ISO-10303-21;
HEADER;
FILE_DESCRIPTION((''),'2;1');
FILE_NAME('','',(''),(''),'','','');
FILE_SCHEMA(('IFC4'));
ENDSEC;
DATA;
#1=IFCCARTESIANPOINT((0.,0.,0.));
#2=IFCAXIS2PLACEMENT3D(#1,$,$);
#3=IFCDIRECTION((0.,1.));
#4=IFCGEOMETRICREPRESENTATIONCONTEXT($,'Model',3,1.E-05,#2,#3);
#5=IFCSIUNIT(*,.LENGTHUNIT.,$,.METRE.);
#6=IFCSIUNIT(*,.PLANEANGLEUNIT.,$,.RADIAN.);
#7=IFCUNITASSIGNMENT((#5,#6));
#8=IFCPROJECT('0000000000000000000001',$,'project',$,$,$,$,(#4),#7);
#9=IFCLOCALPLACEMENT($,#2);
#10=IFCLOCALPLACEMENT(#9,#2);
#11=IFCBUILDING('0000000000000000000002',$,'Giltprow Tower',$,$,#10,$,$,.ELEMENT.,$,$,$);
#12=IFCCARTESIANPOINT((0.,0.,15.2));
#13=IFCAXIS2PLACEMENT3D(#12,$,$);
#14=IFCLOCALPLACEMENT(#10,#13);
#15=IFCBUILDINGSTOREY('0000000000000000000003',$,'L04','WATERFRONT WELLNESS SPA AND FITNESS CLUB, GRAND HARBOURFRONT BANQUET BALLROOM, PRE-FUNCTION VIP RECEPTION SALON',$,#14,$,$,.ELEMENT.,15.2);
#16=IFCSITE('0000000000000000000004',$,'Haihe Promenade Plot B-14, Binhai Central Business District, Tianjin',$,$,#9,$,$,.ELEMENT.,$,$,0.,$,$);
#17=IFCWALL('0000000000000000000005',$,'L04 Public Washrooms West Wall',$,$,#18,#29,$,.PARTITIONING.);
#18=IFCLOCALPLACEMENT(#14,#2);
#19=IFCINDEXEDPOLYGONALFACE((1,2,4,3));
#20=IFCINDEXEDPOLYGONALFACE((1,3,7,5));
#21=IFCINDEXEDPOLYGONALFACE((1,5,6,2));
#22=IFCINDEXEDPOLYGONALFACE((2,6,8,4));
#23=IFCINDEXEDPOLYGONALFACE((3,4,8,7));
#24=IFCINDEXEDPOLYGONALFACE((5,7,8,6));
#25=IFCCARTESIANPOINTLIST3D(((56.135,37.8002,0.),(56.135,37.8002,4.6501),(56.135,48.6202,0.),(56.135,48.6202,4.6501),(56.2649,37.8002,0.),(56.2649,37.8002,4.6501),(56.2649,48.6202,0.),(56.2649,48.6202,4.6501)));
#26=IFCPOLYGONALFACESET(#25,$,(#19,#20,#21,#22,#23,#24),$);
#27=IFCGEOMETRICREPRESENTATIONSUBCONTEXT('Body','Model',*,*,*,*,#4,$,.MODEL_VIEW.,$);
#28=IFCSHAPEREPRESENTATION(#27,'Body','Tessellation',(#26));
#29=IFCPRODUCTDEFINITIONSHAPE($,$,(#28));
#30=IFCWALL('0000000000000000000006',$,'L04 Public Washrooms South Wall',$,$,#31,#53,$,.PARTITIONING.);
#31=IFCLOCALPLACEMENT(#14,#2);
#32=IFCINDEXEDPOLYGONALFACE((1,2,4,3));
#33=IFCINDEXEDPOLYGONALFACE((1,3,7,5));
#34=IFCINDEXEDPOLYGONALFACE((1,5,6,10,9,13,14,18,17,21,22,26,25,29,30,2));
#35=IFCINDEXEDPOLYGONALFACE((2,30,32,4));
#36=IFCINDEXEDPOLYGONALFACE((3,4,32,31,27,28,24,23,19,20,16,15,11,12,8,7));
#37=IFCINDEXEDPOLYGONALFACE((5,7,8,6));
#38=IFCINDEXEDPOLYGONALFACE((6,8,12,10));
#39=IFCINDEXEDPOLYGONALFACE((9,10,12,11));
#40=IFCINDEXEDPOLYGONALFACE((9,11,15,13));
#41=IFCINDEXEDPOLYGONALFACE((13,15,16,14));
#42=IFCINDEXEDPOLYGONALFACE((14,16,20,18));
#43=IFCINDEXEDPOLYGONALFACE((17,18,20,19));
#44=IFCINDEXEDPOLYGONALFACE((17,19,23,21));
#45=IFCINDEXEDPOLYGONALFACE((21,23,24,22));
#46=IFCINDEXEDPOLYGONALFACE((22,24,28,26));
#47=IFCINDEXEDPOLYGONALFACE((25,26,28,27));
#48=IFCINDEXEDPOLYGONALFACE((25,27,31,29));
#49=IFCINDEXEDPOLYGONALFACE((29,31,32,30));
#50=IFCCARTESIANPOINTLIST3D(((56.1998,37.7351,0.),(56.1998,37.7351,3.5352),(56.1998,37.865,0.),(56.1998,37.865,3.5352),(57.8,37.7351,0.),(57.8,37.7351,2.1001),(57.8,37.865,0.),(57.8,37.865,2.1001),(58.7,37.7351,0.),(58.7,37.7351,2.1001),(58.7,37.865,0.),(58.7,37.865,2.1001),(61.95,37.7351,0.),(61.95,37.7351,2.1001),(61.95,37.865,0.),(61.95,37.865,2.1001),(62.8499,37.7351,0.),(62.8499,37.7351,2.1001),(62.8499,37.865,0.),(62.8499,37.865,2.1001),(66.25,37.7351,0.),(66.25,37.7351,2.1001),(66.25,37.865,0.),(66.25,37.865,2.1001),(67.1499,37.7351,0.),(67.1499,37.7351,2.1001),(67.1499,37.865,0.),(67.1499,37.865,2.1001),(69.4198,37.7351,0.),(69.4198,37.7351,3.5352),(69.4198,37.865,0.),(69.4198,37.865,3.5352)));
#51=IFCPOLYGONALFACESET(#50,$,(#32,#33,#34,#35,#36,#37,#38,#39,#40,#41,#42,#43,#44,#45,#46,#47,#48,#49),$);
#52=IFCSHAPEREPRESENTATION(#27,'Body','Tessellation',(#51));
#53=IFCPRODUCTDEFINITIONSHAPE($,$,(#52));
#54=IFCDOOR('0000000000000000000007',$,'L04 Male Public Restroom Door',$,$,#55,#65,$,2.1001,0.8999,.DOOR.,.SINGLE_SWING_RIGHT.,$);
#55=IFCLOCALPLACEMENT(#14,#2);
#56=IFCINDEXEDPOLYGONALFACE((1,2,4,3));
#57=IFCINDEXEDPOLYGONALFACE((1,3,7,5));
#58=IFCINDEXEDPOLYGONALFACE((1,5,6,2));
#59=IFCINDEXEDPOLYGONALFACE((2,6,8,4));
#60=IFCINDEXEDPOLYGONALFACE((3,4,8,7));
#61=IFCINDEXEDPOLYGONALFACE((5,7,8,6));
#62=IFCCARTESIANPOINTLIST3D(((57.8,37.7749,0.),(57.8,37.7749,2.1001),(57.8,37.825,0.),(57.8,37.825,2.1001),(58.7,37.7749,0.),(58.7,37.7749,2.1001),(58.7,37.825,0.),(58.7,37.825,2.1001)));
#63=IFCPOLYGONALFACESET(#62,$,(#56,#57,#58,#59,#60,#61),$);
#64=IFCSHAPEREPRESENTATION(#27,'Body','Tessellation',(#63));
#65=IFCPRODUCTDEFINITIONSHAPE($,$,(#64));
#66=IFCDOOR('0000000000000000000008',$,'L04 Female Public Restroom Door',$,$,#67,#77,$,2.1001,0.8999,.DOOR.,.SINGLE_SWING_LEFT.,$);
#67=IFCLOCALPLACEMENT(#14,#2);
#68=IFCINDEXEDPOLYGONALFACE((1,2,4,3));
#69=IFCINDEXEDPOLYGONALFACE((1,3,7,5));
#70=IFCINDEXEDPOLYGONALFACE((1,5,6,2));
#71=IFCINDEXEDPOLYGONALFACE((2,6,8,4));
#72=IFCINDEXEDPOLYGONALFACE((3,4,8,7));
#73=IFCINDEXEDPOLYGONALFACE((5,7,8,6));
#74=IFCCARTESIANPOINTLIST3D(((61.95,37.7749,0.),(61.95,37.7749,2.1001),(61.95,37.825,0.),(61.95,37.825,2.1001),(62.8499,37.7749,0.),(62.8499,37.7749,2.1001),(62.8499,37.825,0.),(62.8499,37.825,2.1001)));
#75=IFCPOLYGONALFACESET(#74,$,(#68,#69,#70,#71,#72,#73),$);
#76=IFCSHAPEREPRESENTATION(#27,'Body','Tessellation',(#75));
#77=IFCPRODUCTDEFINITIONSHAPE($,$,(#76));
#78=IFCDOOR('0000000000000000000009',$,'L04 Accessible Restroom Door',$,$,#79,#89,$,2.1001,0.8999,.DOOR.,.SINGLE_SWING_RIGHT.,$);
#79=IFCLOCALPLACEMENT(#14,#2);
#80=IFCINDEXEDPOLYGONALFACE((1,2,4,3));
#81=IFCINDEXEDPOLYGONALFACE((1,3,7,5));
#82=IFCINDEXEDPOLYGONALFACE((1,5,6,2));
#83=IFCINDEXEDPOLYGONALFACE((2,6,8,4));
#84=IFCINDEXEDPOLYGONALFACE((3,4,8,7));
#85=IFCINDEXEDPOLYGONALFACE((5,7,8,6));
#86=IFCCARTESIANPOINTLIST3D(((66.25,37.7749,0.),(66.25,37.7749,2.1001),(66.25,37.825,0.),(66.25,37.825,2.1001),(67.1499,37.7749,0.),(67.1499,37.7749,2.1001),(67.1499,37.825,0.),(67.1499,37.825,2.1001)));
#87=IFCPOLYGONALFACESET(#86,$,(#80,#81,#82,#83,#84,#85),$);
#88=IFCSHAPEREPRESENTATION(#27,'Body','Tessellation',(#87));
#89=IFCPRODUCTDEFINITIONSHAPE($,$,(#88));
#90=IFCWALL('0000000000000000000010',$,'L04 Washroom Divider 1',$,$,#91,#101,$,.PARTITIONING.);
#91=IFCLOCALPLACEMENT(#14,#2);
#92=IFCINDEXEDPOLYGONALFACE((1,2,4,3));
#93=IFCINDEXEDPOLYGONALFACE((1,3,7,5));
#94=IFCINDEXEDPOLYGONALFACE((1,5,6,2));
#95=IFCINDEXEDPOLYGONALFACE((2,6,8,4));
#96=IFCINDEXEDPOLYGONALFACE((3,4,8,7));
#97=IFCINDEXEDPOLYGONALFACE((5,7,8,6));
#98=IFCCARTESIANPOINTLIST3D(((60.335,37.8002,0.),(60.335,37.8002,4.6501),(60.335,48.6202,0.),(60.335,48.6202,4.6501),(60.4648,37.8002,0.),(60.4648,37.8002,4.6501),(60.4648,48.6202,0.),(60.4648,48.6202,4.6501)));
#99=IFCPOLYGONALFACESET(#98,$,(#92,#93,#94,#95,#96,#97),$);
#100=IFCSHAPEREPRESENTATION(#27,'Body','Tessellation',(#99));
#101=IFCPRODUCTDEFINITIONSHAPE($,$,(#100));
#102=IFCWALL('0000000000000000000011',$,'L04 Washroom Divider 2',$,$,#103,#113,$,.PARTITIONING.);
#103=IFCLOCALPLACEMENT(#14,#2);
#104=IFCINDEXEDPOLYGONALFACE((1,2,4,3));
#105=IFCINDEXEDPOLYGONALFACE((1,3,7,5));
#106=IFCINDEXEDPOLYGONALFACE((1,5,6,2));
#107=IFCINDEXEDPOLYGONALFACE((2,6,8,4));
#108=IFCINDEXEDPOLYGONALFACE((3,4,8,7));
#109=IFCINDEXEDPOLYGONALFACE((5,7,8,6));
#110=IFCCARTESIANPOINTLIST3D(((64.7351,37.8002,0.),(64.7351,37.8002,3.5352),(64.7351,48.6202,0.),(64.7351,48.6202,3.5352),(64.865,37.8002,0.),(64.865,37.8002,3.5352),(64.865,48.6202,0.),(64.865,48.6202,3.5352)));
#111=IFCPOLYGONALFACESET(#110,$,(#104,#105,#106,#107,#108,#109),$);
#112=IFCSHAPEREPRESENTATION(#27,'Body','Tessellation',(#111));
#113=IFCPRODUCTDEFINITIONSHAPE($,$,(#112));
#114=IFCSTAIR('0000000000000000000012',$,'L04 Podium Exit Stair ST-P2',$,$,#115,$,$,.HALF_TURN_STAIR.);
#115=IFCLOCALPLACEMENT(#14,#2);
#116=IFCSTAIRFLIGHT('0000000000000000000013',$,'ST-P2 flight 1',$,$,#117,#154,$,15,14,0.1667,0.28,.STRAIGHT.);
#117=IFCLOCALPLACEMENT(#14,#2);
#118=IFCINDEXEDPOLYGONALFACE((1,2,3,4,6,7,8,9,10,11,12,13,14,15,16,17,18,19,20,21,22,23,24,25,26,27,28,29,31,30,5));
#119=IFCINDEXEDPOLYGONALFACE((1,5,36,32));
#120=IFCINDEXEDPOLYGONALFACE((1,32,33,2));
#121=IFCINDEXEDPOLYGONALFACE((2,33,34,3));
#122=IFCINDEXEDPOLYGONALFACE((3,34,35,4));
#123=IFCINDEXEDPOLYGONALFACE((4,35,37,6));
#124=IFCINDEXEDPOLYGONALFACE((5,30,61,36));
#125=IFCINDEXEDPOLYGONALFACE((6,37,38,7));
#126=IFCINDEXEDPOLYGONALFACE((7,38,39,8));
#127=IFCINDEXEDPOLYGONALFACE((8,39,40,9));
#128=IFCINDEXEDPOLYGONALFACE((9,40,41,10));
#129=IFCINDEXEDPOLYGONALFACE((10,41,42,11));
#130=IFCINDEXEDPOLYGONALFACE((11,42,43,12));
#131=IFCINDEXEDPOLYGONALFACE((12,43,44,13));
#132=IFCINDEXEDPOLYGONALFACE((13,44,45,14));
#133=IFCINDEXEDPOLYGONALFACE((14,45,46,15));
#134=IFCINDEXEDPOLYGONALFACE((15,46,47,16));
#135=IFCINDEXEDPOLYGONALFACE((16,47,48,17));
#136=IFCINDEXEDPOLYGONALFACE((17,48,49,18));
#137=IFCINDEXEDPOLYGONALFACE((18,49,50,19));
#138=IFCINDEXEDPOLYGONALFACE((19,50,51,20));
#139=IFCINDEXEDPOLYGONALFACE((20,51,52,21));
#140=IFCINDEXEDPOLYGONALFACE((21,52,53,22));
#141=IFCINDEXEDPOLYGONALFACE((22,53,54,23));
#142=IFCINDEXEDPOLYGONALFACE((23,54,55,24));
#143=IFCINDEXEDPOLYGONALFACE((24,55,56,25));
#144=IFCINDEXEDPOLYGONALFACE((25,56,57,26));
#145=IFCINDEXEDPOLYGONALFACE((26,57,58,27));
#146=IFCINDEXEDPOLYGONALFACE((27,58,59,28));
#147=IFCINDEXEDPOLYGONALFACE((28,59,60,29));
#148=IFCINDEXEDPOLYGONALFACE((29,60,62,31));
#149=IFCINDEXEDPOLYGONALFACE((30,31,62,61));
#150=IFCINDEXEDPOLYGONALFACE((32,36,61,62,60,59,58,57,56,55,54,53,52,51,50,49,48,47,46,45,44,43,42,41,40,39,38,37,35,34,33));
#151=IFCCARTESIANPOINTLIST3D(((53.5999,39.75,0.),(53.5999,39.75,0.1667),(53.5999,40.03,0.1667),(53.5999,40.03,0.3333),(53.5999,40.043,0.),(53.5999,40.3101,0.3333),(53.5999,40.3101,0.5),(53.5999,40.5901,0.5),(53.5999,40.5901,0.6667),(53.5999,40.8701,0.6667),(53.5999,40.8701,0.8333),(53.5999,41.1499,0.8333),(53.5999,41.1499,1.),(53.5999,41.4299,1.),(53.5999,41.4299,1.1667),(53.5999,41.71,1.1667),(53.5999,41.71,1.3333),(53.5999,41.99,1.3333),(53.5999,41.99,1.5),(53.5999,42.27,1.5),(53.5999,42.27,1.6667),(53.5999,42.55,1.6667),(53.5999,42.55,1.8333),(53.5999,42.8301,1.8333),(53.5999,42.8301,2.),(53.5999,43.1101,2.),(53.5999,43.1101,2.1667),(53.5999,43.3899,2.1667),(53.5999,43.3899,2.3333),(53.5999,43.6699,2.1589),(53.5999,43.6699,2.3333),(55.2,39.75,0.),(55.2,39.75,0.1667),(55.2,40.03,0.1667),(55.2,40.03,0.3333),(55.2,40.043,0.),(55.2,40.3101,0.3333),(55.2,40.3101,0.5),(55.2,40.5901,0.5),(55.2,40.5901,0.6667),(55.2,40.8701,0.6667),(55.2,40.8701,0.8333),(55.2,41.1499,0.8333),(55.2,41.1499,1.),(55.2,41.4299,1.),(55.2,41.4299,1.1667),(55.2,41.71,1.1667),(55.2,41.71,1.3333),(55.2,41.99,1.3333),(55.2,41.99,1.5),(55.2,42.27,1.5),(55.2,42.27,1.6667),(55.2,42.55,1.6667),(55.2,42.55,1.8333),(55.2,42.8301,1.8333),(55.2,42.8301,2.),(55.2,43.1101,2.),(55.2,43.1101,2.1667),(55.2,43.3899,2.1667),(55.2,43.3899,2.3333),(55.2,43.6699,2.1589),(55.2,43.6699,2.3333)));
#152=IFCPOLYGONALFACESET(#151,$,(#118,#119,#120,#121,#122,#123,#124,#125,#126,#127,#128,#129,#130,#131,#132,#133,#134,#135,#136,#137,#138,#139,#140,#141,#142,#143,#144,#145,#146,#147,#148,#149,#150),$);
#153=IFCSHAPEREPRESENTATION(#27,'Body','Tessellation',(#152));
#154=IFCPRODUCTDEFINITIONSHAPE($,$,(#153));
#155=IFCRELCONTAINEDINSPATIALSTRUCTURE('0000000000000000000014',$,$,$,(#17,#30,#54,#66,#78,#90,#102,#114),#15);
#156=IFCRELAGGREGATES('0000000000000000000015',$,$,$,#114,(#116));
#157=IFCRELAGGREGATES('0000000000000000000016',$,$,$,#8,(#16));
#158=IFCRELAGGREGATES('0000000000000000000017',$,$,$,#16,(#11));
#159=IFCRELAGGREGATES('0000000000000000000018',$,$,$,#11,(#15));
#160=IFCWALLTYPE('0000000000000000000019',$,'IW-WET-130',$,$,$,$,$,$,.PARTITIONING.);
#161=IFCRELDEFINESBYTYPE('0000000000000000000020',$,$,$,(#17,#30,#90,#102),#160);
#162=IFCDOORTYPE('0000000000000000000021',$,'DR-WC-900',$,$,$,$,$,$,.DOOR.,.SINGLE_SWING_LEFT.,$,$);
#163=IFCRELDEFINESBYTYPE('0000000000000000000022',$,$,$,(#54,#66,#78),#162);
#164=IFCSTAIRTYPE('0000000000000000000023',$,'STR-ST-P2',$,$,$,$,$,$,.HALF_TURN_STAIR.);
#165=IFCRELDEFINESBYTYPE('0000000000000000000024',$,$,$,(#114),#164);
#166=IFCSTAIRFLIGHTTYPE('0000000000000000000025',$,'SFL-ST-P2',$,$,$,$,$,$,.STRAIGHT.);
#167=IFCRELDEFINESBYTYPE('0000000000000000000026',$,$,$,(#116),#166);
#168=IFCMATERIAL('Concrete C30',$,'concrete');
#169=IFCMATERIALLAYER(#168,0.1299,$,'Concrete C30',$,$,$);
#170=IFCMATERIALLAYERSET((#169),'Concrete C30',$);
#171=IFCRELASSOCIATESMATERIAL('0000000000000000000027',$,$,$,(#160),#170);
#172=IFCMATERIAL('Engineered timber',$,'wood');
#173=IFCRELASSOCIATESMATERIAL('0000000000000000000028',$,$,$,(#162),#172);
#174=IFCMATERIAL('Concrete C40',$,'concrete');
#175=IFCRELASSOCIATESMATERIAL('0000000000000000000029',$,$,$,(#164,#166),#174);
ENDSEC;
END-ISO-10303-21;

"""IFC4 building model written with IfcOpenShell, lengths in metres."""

from ifc_helpers import new_model, si_unit, direction, frame, frame_2d, origin, place, context, subcontext, project, spatial, polyline, rectangle, outline, extrude, source, transform, mapped, material, layer, layer_set, type_object, element, fill, aggregate, save


model = new_model("IFC4")

# Units and contexts
model_context = context("Model", 3, precision=1e-05, world=origin(), true_north=direction((0.0, 1.0)))
body_context = subcontext(model_context, "Body", "Model", "MODEL_VIEW")
ifc_project = project(units=[si_unit("LENGTHUNIT", "METRE"), si_unit("PLANEANGLEUNIT", "RADIAN")], contexts=[model_context])

# Site, building, storey
site_placement = place(None, origin())
site = spatial("IfcSite", under=ifc_project, at=site_placement, Name="Haihe Promenade Plot B-14, Binhai Central Business District, Tianjin", CompositionType="ELEMENT", RefElevation=0.0)
building_placement = place(site_placement, origin())
building = spatial("IfcBuilding", under=site, at=building_placement, Name="Giltprow Tower", CompositionType="ELEMENT")
storey_placement = place(building_placement, frame((0.0, 0.0, 15.2)))
storey = spatial("IfcBuildingStorey", under=building, at=storey_placement, Name="L04", Description="WATERFRONT WELLNESS SPA AND FITNESS CLUB, GRAND HARBOURFRONT BANQUET BALLROOM, PRE-FUNCTION VIP RECEPTION SALON", CompositionType="ELEMENT", Elevation=15.2)

# Wall
ifc_material_1 = material(Name="Concrete C40", Category="concrete")
ifc_material_2 = material(Name="Concrete C30", Category="concrete")
ifc_layer_1 = layer(ifc_material_2, 0.1299, Name="Concrete C30")
ifc_layer_set_1 = layer_set([ifc_layer_1], Name="Concrete C30")
wall_type_1 = type_object("IfcWallType", Name="IW-WET-130", PredefinedType="PARTITIONING", material=ifc_layer_set_1)
wall_1_placement = place(storey_placement, frame((56.2, 37.8, 0.0), z_axis=(0.0, 0.0, 1.0), x_axis=(0.0, 1.0, 0.0)))
element("IfcWall", 1, at=wall_1_placement, inside=storey, type_object=wall_type_1, Name="L04 Public Washrooms West Wall", PredefinedType="PARTITIONING", context=body_context, shape_type="SweptSolid", body=[
    extrude(rectangle(XDim=10.8201, YDim=0.1299, at=frame_2d((5.4102, 0.0))), origin(), (0.0, 0.0, 1.0), 4.6501),
])

# Wall, openings, doors
wall_2_placement = place(storey_placement, frame((56.2, 37.8, 0.0), z_axis=(0.0, 0.0, 1.0), x_axis=(1.0, 0.0, 0.0)))
wall_2 = element("IfcWall", 2, at=wall_2_placement, inside=storey, type_object=wall_type_1, Name="L04 Public Washrooms South Wall", PredefinedType="PARTITIONING", context=body_context, shape_type="SweptSolid", body=[
    extrude(rectangle(XDim=13.22, YDim=0.1299, at=frame_2d((6.6099, 0.0))), origin(), (0.0, 0.0, 1.0), 3.5352),
])
opening_1_placement = place(wall_2_placement, frame((1.6001, 0.0, 0.0)))
opening_1 = element("IfcOpeningElement", 3, at=opening_1_placement, cuts=wall_2, PredefinedType="OPENING", context=body_context, shape_type="SweptSolid", body=[
    extrude(rectangle(XDim=0.8999, YDim=2.1001, at=frame_2d((0.45, 1.05))), frame((0.0, 0.075, 0.0), z_axis=(0.0, -1.0, 0.0), x_axis=(1.0, 0.0, 0.0)), (0.0, 0.0, 1.0), 0.1499),
])
opening_2_placement = place(wall_2_placement, frame((5.75, 0.0, 0.0)))
opening_2 = element("IfcOpeningElement", 4, at=opening_2_placement, cuts=wall_2, PredefinedType="OPENING", context=body_context, shape_type="SweptSolid", body=[
    extrude(rectangle(XDim=0.8999, YDim=2.1001, at=frame_2d((0.45, 1.05))), frame((0.0, 0.075, 0.0), z_axis=(0.0, -1.0, 0.0), x_axis=(1.0, 0.0, 0.0)), (0.0, 0.0, 1.0), 0.1499),
])
opening_3_placement = place(wall_2_placement, frame((10.05, 0.0, 0.0)))
opening_3 = element("IfcOpeningElement", 5, at=opening_3_placement, cuts=wall_2, PredefinedType="OPENING", context=body_context, shape_type="SweptSolid", body=[
    extrude(rectangle(XDim=0.8999, YDim=2.1001, at=frame_2d((0.45, 1.05))), frame((0.0, 0.075, 0.0), z_axis=(0.0, -1.0, 0.0), x_axis=(1.0, 0.0, 0.0)), (0.0, 0.0, 1.0), 0.1499),
])
ifc_material_3 = material(Name="Engineered timber", Category="wood")
door_type = type_object("IfcDoorType", Name="DR-WC-900", OperationType="SINGLE_SWING_LEFT", PredefinedType="DOOR", material=ifc_material_3)
shared_shape_1 = source(origin(), body_context, "Body", "SweptSolid", [
    extrude(rectangle(XDim=0.8999, YDim=2.1001, at=frame_2d((0.45, 1.05))), frame((0.0, 0.0249, 0.0), z_axis=(0.0, -1.0, 0.0), x_axis=(1.0, 0.0, 0.0)), (0.0, 0.0, 1.0), 0.05),
])
door_1_placement = place(opening_1_placement, origin())
door_1 = element("IfcDoor", 6, at=door_1_placement, inside=storey, type_object=door_type, Name="L04 Male Public Restroom Door", OperationType="SINGLE_SWING_RIGHT", OverallHeight=2.1001, OverallWidth=0.8999, PredefinedType="DOOR", context=body_context, shape_type="MappedRepresentation", body=[
    mapped(shared_shape_1, transform((0.0, 0.0, 0.0), x_axis=(1.0, 0.0, 0.0), y_axis=(0.0, 1.0, 0.0), z_axis=(0.0, 0.0, 1.0), scale=1.0)),
])
fill(opening_1, door_1)
door_2_placement = place(opening_2_placement, origin())
door_2 = element("IfcDoor", 7, at=door_2_placement, inside=storey, type_object=door_type, Name="L04 Female Public Restroom Door", OperationType="SINGLE_SWING_LEFT", OverallHeight=2.1001, OverallWidth=0.8999, PredefinedType="DOOR", context=body_context, shape_type="MappedRepresentation", body=[
    mapped(shared_shape_1, transform((0.0, 0.0, 0.0), x_axis=(1.0, 0.0, 0.0), y_axis=(0.0, 1.0, 0.0), z_axis=(0.0, 0.0, 1.0), scale=1.0)),
])
fill(opening_2, door_2)
door_3_placement = place(opening_3_placement, origin())
door_3 = element("IfcDoor", 8, at=door_3_placement, inside=storey, type_object=door_type, Name="L04 Accessible Restroom Door", OperationType="SINGLE_SWING_RIGHT", OverallHeight=2.1001, OverallWidth=0.8999, PredefinedType="DOOR", context=body_context, shape_type="MappedRepresentation", body=[
    mapped(shared_shape_1, transform((0.0, 0.0, 0.0), x_axis=(1.0, 0.0, 0.0), y_axis=(0.0, 1.0, 0.0), z_axis=(0.0, 0.0, 1.0), scale=1.0)),
])
fill(opening_3, door_3)

# Walls
wall_3_placement = place(storey_placement, frame((60.3999, 37.8, 0.0), z_axis=(0.0, 0.0, 1.0), x_axis=(0.0, 1.0, 0.0)))
element("IfcWall", 9, at=wall_3_placement, inside=storey, type_object=wall_type_1, Name="L04 Washroom Divider 1", PredefinedType="PARTITIONING", context=body_context, shape_type="SweptSolid", body=[
    extrude(rectangle(XDim=10.8201, YDim=0.1299, at=frame_2d((5.4102, 0.0))), origin(), (0.0, 0.0, 1.0), 4.6501),
])
wall_4_placement = place(storey_placement, frame((64.8, 37.8, 0.0), z_axis=(0.0, 0.0, 1.0), x_axis=(0.0, 1.0, 0.0)))
element("IfcWall", 10, at=wall_4_placement, inside=storey, type_object=wall_type_1, Name="L04 Washroom Divider 2", PredefinedType="PARTITIONING", context=body_context, shape_type="SweptSolid", body=[
    extrude(rectangle(XDim=10.8201, YDim=0.1299, at=frame_2d((5.4102, 0.0))), origin(), (0.0, 0.0, 1.0), 3.5352),
])

# Stair, stair flight
stair_type = type_object("IfcStairType", Name="STR-ST-P2", PredefinedType="HALF_TURN_STAIR", material=ifc_material_1)
stair_placement = place(storey_placement, origin())
stair = element("IfcStair", 11, at=stair_placement, inside=storey, type_object=stair_type, Name="L04 Podium Exit Stair ST-P2", PredefinedType="HALF_TURN_STAIR")
stair_flight_type = type_object("IfcStairFlightType", Name="SFL-ST-P2", PredefinedType="STRAIGHT", material=ifc_material_1)
stair_flight_placement = place(storey_placement, frame((54.3999, 39.75, 0.0), z_axis=(0.0, 0.0, 1.0), x_axis=(0.0, 1.0, 0.0)))
stair_flight = element("IfcStairFlight", 12, at=stair_flight_placement, type_object=stair_flight_type, Name="ST-P2 flight 1", NumberOfRisers=15, NumberOfTreads=14, PredefinedType="STRAIGHT", RiserHeight=0.1667, TreadLength=0.28, context=body_context, shape_type="SweptSolid", body=[
    extrude(outline(polyline([(0.0, 0.0), (0.0, 0.1667), (0.28, 0.1667), (0.28, 0.3333), (0.5601, 0.3333), (0.5601, 0.5), (0.8401, 0.5), (0.8401, 0.6667), (1.1201, 0.6667), (1.1201, 0.8333), (1.3999, 0.8333), (1.3999, 1.0), (1.6799, 1.0), (1.6799, 1.1667), (1.96, 1.1667), (1.96, 1.3333), (2.24, 1.3333), (2.24, 1.5), (2.52, 1.5), (2.52, 1.6667), (2.8, 1.6667), (2.8, 1.8333), (3.0801, 1.8333), (3.0801, 2.0), (3.3601, 2.0), (3.3601, 2.1667), (3.6399, 2.1667), (3.6399, 2.3333), (3.9199, 2.3333), (3.9199, 2.5), (3.9199, 2.1589), (0.293, 0.0), (0.0, 0.0)])), frame((0.0, 0.8, 0.0), z_axis=(0.0, -1.0, 0.0), x_axis=(1.0, 0.0, 0.0)), (0.0, 0.0, 1.0), 1.6001),
])
aggregate(stair, [stair_flight])

save(model, "model.ifc")
